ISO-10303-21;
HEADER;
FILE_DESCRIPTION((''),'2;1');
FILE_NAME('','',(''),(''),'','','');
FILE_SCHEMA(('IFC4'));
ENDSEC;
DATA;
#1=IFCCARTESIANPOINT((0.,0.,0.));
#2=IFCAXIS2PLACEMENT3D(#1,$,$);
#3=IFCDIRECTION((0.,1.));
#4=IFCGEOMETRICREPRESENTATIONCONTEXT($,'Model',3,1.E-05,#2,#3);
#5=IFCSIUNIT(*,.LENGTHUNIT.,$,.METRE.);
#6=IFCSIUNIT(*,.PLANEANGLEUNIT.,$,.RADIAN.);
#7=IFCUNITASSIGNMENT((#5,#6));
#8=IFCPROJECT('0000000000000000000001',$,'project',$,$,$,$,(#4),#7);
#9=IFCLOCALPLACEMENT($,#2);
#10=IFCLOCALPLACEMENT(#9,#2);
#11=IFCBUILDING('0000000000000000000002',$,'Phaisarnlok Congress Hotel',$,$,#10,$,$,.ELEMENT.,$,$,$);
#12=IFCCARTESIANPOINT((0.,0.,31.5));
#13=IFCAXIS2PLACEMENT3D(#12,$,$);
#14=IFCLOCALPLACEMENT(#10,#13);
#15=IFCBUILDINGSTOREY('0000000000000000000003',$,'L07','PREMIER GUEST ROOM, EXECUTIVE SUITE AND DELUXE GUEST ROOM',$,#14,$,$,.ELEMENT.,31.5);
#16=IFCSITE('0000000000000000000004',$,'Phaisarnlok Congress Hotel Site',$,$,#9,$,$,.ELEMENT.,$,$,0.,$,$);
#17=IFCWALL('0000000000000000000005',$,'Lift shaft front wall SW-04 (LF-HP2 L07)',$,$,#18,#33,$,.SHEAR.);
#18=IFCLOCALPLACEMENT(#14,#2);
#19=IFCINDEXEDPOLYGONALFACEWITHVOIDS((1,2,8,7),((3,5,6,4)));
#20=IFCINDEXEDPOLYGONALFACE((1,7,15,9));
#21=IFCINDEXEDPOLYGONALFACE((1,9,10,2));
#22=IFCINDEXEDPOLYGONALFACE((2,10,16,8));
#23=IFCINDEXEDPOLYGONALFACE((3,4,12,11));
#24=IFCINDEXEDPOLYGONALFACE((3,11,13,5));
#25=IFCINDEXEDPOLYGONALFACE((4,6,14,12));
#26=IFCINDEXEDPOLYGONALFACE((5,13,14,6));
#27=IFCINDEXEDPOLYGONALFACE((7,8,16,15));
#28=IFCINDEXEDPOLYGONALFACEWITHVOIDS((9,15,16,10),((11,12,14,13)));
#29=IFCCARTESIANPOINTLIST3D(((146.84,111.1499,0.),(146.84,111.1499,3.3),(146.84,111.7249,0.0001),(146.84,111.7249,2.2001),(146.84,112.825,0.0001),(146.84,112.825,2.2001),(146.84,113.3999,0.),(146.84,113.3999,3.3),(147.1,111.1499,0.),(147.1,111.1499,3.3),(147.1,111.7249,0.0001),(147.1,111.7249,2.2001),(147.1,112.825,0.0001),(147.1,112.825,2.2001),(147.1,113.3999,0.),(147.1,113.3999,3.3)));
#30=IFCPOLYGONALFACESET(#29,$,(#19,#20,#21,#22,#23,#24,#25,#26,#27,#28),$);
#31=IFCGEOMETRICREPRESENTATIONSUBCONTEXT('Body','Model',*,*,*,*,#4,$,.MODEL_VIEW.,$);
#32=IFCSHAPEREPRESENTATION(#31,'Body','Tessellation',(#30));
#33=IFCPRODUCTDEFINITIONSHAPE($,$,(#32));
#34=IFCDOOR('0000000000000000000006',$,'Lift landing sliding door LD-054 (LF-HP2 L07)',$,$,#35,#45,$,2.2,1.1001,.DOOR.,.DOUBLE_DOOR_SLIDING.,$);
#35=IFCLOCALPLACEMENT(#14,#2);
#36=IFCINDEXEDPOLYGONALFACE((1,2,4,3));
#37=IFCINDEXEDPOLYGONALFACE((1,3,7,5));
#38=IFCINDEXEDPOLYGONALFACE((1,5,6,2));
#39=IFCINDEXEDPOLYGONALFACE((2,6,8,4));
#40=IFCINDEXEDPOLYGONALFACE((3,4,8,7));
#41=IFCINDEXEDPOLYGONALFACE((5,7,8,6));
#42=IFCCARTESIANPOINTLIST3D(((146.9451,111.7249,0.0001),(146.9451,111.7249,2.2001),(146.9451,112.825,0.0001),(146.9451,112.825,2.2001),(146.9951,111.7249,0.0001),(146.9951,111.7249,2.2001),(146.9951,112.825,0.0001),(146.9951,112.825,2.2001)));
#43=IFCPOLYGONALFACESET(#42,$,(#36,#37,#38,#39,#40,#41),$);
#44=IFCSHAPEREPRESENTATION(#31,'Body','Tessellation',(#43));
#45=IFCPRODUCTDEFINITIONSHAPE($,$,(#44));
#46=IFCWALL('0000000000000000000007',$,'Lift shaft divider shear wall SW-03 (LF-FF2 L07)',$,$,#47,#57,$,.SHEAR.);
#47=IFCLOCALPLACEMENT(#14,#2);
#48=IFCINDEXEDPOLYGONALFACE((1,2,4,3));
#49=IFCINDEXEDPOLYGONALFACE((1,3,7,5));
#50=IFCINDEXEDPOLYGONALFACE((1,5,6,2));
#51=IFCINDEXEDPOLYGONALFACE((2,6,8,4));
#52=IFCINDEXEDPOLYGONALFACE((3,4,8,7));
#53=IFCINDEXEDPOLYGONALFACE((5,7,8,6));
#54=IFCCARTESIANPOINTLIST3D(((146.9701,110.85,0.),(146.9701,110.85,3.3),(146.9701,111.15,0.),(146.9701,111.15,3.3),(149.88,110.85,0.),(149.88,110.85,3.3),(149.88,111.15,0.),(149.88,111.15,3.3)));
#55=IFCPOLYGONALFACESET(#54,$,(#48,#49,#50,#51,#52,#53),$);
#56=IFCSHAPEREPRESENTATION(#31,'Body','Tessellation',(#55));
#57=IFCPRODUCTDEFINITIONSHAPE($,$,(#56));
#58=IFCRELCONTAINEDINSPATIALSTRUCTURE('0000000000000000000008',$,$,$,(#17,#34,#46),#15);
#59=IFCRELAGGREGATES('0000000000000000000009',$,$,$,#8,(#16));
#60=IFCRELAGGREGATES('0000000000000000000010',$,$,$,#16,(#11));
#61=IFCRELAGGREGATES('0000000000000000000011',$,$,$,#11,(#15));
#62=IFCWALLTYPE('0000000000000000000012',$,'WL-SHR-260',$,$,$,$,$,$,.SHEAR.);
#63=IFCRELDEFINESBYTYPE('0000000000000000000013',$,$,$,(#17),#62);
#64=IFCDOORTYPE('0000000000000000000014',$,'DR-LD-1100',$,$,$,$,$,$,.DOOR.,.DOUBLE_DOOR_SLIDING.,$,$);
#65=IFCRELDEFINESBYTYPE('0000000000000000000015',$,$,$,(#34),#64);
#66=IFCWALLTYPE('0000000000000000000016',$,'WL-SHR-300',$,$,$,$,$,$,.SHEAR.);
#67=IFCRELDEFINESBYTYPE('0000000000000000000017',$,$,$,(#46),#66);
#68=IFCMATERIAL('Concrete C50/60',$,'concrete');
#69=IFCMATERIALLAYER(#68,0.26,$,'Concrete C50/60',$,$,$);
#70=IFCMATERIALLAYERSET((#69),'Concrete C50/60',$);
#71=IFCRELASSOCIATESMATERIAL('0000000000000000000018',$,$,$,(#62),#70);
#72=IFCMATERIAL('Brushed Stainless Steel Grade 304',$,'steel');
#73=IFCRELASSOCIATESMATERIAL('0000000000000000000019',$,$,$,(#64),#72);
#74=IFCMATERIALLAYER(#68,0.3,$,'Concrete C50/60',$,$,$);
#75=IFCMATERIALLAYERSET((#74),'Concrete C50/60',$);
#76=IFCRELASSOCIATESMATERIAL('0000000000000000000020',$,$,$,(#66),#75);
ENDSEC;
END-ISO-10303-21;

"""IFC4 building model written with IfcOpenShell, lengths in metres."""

from ifc_helpers import new_model, si_unit, direction, frame, frame_2d, origin, place, context, subcontext, project, spatial, rectangle, extrude, material, layer, layer_set, type_object, element, fill, save


model = new_model("IFC4")

# Units and contexts
model_context = context("Model", 3, precision=1e-05, world=origin(), true_north=direction((0.0, 1.0)))
body_context = subcontext(model_context, "Body", "Model", "MODEL_VIEW")
ifc_project = project(units=[si_unit("LENGTHUNIT", "METRE"), si_unit("PLANEANGLEUNIT", "RADIAN")], contexts=[model_context])

# Site, building, storey
site_placement = place(None, origin())
site = spatial("IfcSite", under=ifc_project, at=site_placement, Name="Phaisarnlok Congress Hotel Site", CompositionType="ELEMENT", RefElevation=0.0)
building_placement = place(site_placement, origin())
building = spatial("IfcBuilding", under=site, at=building_placement, Name="Phaisarnlok Congress Hotel", CompositionType="ELEMENT")
storey_placement = place(building_placement, frame((0.0, 0.0, 31.5)))
storey = spatial("IfcBuildingStorey", under=building, at=storey_placement, Name="L07", Description="PREMIER GUEST ROOM, EXECUTIVE SUITE AND DELUXE GUEST ROOM", CompositionType="ELEMENT", Elevation=31.5)

# Shared definitions
ifc_material_1 = material(Name="Concrete C50/60", Category="concrete")

# Shared definitions
ifc_layer_1 = layer(ifc_material_1, 0.26, Name="Concrete C50/60")
ifc_layer_set_1 = layer_set([ifc_layer_1], Name="Concrete C50/60")
wall_type_1 = type_object("IfcWallType", Name="WL-SHR-260", PredefinedType="SHEAR", material=ifc_layer_set_1)

# Shared definitions
ifc_material_2 = material(Name="Brushed Stainless Steel Grade 304", Category="steel")
door_type_1 = type_object("IfcDoorType", Name="DR-LD-1100", OperationType="DOUBLE_DOOR_SLIDING", PredefinedType="DOOR", material=ifc_material_2)

# Wall, opening, door
wall_1_placement = place(storey_placement, frame((146.97, 111.1499, 0.0), z_axis=(0.0, 0.0, 1.0), x_axis=(0.0, 1.0, 0.0)))
wall_1 = element("IfcWall", 1, at=wall_1_placement, inside=storey, type_object=wall_type_1, Name="Lift shaft front wall SW-04 (LF-HP2 L07)", PredefinedType="SHEAR", context=body_context, shape_type="SweptSolid", body=[
    extrude(rectangle(XDim=2.25, YDim=0.26, at=frame_2d((1.125, 0.0))), origin(), (0.0, 0.0, 1.0), 3.3),
])
opening_1_placement = place(wall_1_placement, frame((0.575, 0.0, 0.0)))
opening_1 = element("IfcOpeningElement", 2, at=opening_1_placement, cuts=wall_1, PredefinedType="OPENING", context=body_context, shape_type="SweptSolid", body=[
    extrude(rectangle(XDim=1.1001, YDim=2.2, at=frame_2d((0.55, 1.1001))), frame((0.0, 0.1401, 0.0), z_axis=(0.0, -1.0, 0.0), x_axis=(1.0, 0.0, 0.0)), (0.0, 0.0, 1.0), 0.28),
])
door_1_placement = place(opening_1_placement, origin())
door_1 = element("IfcDoor", 3, at=door_1_placement, inside=storey, type_object=door_type_1, Name="Lift landing sliding door LD-054 (LF-HP2 L07)", OperationType="DOUBLE_DOOR_SLIDING", OverallHeight=2.2, OverallWidth=1.1001, PredefinedType="DOOR", context=body_context, shape_type="SweptSolid", body=[
    extrude(rectangle(XDim=1.1001, YDim=2.2, at=frame_2d((0.55, 1.1001))), frame((0.0, 0.0249, 0.0), z_axis=(0.0, -1.0, 0.0), x_axis=(1.0, 0.0, 0.0)), (0.0, 0.0, 1.0), 0.05),
])
fill(opening_1, door_1)

# Wall
ifc_layer_2 = layer(ifc_material_1, 0.3, Name="Concrete C50/60")
ifc_layer_set_2 = layer_set([ifc_layer_2], Name="Concrete C50/60")
wall_type_2 = type_object("IfcWallType", Name="WL-SHR-300", PredefinedType="SHEAR", material=ifc_layer_set_2)
wall_2_placement = place(storey_placement, frame((146.97, 111.0, 0.0), z_axis=(0.0, 0.0, 1.0), x_axis=(1.0, 0.0, 0.0)))
element("IfcWall", 4, at=wall_2_placement, inside=storey, type_object=wall_type_2, Name="Lift shaft divider shear wall SW-03 (LF-FF2 L07)", PredefinedType="SHEAR", context=body_context, shape_type="SweptSolid", body=[
    extrude(rectangle(XDim=2.9099, YDim=0.3, at=frame_2d((1.4551, 0.0))), origin(), (0.0, 0.0, 1.0), 3.3),
])

save(model, "model.ifc")
